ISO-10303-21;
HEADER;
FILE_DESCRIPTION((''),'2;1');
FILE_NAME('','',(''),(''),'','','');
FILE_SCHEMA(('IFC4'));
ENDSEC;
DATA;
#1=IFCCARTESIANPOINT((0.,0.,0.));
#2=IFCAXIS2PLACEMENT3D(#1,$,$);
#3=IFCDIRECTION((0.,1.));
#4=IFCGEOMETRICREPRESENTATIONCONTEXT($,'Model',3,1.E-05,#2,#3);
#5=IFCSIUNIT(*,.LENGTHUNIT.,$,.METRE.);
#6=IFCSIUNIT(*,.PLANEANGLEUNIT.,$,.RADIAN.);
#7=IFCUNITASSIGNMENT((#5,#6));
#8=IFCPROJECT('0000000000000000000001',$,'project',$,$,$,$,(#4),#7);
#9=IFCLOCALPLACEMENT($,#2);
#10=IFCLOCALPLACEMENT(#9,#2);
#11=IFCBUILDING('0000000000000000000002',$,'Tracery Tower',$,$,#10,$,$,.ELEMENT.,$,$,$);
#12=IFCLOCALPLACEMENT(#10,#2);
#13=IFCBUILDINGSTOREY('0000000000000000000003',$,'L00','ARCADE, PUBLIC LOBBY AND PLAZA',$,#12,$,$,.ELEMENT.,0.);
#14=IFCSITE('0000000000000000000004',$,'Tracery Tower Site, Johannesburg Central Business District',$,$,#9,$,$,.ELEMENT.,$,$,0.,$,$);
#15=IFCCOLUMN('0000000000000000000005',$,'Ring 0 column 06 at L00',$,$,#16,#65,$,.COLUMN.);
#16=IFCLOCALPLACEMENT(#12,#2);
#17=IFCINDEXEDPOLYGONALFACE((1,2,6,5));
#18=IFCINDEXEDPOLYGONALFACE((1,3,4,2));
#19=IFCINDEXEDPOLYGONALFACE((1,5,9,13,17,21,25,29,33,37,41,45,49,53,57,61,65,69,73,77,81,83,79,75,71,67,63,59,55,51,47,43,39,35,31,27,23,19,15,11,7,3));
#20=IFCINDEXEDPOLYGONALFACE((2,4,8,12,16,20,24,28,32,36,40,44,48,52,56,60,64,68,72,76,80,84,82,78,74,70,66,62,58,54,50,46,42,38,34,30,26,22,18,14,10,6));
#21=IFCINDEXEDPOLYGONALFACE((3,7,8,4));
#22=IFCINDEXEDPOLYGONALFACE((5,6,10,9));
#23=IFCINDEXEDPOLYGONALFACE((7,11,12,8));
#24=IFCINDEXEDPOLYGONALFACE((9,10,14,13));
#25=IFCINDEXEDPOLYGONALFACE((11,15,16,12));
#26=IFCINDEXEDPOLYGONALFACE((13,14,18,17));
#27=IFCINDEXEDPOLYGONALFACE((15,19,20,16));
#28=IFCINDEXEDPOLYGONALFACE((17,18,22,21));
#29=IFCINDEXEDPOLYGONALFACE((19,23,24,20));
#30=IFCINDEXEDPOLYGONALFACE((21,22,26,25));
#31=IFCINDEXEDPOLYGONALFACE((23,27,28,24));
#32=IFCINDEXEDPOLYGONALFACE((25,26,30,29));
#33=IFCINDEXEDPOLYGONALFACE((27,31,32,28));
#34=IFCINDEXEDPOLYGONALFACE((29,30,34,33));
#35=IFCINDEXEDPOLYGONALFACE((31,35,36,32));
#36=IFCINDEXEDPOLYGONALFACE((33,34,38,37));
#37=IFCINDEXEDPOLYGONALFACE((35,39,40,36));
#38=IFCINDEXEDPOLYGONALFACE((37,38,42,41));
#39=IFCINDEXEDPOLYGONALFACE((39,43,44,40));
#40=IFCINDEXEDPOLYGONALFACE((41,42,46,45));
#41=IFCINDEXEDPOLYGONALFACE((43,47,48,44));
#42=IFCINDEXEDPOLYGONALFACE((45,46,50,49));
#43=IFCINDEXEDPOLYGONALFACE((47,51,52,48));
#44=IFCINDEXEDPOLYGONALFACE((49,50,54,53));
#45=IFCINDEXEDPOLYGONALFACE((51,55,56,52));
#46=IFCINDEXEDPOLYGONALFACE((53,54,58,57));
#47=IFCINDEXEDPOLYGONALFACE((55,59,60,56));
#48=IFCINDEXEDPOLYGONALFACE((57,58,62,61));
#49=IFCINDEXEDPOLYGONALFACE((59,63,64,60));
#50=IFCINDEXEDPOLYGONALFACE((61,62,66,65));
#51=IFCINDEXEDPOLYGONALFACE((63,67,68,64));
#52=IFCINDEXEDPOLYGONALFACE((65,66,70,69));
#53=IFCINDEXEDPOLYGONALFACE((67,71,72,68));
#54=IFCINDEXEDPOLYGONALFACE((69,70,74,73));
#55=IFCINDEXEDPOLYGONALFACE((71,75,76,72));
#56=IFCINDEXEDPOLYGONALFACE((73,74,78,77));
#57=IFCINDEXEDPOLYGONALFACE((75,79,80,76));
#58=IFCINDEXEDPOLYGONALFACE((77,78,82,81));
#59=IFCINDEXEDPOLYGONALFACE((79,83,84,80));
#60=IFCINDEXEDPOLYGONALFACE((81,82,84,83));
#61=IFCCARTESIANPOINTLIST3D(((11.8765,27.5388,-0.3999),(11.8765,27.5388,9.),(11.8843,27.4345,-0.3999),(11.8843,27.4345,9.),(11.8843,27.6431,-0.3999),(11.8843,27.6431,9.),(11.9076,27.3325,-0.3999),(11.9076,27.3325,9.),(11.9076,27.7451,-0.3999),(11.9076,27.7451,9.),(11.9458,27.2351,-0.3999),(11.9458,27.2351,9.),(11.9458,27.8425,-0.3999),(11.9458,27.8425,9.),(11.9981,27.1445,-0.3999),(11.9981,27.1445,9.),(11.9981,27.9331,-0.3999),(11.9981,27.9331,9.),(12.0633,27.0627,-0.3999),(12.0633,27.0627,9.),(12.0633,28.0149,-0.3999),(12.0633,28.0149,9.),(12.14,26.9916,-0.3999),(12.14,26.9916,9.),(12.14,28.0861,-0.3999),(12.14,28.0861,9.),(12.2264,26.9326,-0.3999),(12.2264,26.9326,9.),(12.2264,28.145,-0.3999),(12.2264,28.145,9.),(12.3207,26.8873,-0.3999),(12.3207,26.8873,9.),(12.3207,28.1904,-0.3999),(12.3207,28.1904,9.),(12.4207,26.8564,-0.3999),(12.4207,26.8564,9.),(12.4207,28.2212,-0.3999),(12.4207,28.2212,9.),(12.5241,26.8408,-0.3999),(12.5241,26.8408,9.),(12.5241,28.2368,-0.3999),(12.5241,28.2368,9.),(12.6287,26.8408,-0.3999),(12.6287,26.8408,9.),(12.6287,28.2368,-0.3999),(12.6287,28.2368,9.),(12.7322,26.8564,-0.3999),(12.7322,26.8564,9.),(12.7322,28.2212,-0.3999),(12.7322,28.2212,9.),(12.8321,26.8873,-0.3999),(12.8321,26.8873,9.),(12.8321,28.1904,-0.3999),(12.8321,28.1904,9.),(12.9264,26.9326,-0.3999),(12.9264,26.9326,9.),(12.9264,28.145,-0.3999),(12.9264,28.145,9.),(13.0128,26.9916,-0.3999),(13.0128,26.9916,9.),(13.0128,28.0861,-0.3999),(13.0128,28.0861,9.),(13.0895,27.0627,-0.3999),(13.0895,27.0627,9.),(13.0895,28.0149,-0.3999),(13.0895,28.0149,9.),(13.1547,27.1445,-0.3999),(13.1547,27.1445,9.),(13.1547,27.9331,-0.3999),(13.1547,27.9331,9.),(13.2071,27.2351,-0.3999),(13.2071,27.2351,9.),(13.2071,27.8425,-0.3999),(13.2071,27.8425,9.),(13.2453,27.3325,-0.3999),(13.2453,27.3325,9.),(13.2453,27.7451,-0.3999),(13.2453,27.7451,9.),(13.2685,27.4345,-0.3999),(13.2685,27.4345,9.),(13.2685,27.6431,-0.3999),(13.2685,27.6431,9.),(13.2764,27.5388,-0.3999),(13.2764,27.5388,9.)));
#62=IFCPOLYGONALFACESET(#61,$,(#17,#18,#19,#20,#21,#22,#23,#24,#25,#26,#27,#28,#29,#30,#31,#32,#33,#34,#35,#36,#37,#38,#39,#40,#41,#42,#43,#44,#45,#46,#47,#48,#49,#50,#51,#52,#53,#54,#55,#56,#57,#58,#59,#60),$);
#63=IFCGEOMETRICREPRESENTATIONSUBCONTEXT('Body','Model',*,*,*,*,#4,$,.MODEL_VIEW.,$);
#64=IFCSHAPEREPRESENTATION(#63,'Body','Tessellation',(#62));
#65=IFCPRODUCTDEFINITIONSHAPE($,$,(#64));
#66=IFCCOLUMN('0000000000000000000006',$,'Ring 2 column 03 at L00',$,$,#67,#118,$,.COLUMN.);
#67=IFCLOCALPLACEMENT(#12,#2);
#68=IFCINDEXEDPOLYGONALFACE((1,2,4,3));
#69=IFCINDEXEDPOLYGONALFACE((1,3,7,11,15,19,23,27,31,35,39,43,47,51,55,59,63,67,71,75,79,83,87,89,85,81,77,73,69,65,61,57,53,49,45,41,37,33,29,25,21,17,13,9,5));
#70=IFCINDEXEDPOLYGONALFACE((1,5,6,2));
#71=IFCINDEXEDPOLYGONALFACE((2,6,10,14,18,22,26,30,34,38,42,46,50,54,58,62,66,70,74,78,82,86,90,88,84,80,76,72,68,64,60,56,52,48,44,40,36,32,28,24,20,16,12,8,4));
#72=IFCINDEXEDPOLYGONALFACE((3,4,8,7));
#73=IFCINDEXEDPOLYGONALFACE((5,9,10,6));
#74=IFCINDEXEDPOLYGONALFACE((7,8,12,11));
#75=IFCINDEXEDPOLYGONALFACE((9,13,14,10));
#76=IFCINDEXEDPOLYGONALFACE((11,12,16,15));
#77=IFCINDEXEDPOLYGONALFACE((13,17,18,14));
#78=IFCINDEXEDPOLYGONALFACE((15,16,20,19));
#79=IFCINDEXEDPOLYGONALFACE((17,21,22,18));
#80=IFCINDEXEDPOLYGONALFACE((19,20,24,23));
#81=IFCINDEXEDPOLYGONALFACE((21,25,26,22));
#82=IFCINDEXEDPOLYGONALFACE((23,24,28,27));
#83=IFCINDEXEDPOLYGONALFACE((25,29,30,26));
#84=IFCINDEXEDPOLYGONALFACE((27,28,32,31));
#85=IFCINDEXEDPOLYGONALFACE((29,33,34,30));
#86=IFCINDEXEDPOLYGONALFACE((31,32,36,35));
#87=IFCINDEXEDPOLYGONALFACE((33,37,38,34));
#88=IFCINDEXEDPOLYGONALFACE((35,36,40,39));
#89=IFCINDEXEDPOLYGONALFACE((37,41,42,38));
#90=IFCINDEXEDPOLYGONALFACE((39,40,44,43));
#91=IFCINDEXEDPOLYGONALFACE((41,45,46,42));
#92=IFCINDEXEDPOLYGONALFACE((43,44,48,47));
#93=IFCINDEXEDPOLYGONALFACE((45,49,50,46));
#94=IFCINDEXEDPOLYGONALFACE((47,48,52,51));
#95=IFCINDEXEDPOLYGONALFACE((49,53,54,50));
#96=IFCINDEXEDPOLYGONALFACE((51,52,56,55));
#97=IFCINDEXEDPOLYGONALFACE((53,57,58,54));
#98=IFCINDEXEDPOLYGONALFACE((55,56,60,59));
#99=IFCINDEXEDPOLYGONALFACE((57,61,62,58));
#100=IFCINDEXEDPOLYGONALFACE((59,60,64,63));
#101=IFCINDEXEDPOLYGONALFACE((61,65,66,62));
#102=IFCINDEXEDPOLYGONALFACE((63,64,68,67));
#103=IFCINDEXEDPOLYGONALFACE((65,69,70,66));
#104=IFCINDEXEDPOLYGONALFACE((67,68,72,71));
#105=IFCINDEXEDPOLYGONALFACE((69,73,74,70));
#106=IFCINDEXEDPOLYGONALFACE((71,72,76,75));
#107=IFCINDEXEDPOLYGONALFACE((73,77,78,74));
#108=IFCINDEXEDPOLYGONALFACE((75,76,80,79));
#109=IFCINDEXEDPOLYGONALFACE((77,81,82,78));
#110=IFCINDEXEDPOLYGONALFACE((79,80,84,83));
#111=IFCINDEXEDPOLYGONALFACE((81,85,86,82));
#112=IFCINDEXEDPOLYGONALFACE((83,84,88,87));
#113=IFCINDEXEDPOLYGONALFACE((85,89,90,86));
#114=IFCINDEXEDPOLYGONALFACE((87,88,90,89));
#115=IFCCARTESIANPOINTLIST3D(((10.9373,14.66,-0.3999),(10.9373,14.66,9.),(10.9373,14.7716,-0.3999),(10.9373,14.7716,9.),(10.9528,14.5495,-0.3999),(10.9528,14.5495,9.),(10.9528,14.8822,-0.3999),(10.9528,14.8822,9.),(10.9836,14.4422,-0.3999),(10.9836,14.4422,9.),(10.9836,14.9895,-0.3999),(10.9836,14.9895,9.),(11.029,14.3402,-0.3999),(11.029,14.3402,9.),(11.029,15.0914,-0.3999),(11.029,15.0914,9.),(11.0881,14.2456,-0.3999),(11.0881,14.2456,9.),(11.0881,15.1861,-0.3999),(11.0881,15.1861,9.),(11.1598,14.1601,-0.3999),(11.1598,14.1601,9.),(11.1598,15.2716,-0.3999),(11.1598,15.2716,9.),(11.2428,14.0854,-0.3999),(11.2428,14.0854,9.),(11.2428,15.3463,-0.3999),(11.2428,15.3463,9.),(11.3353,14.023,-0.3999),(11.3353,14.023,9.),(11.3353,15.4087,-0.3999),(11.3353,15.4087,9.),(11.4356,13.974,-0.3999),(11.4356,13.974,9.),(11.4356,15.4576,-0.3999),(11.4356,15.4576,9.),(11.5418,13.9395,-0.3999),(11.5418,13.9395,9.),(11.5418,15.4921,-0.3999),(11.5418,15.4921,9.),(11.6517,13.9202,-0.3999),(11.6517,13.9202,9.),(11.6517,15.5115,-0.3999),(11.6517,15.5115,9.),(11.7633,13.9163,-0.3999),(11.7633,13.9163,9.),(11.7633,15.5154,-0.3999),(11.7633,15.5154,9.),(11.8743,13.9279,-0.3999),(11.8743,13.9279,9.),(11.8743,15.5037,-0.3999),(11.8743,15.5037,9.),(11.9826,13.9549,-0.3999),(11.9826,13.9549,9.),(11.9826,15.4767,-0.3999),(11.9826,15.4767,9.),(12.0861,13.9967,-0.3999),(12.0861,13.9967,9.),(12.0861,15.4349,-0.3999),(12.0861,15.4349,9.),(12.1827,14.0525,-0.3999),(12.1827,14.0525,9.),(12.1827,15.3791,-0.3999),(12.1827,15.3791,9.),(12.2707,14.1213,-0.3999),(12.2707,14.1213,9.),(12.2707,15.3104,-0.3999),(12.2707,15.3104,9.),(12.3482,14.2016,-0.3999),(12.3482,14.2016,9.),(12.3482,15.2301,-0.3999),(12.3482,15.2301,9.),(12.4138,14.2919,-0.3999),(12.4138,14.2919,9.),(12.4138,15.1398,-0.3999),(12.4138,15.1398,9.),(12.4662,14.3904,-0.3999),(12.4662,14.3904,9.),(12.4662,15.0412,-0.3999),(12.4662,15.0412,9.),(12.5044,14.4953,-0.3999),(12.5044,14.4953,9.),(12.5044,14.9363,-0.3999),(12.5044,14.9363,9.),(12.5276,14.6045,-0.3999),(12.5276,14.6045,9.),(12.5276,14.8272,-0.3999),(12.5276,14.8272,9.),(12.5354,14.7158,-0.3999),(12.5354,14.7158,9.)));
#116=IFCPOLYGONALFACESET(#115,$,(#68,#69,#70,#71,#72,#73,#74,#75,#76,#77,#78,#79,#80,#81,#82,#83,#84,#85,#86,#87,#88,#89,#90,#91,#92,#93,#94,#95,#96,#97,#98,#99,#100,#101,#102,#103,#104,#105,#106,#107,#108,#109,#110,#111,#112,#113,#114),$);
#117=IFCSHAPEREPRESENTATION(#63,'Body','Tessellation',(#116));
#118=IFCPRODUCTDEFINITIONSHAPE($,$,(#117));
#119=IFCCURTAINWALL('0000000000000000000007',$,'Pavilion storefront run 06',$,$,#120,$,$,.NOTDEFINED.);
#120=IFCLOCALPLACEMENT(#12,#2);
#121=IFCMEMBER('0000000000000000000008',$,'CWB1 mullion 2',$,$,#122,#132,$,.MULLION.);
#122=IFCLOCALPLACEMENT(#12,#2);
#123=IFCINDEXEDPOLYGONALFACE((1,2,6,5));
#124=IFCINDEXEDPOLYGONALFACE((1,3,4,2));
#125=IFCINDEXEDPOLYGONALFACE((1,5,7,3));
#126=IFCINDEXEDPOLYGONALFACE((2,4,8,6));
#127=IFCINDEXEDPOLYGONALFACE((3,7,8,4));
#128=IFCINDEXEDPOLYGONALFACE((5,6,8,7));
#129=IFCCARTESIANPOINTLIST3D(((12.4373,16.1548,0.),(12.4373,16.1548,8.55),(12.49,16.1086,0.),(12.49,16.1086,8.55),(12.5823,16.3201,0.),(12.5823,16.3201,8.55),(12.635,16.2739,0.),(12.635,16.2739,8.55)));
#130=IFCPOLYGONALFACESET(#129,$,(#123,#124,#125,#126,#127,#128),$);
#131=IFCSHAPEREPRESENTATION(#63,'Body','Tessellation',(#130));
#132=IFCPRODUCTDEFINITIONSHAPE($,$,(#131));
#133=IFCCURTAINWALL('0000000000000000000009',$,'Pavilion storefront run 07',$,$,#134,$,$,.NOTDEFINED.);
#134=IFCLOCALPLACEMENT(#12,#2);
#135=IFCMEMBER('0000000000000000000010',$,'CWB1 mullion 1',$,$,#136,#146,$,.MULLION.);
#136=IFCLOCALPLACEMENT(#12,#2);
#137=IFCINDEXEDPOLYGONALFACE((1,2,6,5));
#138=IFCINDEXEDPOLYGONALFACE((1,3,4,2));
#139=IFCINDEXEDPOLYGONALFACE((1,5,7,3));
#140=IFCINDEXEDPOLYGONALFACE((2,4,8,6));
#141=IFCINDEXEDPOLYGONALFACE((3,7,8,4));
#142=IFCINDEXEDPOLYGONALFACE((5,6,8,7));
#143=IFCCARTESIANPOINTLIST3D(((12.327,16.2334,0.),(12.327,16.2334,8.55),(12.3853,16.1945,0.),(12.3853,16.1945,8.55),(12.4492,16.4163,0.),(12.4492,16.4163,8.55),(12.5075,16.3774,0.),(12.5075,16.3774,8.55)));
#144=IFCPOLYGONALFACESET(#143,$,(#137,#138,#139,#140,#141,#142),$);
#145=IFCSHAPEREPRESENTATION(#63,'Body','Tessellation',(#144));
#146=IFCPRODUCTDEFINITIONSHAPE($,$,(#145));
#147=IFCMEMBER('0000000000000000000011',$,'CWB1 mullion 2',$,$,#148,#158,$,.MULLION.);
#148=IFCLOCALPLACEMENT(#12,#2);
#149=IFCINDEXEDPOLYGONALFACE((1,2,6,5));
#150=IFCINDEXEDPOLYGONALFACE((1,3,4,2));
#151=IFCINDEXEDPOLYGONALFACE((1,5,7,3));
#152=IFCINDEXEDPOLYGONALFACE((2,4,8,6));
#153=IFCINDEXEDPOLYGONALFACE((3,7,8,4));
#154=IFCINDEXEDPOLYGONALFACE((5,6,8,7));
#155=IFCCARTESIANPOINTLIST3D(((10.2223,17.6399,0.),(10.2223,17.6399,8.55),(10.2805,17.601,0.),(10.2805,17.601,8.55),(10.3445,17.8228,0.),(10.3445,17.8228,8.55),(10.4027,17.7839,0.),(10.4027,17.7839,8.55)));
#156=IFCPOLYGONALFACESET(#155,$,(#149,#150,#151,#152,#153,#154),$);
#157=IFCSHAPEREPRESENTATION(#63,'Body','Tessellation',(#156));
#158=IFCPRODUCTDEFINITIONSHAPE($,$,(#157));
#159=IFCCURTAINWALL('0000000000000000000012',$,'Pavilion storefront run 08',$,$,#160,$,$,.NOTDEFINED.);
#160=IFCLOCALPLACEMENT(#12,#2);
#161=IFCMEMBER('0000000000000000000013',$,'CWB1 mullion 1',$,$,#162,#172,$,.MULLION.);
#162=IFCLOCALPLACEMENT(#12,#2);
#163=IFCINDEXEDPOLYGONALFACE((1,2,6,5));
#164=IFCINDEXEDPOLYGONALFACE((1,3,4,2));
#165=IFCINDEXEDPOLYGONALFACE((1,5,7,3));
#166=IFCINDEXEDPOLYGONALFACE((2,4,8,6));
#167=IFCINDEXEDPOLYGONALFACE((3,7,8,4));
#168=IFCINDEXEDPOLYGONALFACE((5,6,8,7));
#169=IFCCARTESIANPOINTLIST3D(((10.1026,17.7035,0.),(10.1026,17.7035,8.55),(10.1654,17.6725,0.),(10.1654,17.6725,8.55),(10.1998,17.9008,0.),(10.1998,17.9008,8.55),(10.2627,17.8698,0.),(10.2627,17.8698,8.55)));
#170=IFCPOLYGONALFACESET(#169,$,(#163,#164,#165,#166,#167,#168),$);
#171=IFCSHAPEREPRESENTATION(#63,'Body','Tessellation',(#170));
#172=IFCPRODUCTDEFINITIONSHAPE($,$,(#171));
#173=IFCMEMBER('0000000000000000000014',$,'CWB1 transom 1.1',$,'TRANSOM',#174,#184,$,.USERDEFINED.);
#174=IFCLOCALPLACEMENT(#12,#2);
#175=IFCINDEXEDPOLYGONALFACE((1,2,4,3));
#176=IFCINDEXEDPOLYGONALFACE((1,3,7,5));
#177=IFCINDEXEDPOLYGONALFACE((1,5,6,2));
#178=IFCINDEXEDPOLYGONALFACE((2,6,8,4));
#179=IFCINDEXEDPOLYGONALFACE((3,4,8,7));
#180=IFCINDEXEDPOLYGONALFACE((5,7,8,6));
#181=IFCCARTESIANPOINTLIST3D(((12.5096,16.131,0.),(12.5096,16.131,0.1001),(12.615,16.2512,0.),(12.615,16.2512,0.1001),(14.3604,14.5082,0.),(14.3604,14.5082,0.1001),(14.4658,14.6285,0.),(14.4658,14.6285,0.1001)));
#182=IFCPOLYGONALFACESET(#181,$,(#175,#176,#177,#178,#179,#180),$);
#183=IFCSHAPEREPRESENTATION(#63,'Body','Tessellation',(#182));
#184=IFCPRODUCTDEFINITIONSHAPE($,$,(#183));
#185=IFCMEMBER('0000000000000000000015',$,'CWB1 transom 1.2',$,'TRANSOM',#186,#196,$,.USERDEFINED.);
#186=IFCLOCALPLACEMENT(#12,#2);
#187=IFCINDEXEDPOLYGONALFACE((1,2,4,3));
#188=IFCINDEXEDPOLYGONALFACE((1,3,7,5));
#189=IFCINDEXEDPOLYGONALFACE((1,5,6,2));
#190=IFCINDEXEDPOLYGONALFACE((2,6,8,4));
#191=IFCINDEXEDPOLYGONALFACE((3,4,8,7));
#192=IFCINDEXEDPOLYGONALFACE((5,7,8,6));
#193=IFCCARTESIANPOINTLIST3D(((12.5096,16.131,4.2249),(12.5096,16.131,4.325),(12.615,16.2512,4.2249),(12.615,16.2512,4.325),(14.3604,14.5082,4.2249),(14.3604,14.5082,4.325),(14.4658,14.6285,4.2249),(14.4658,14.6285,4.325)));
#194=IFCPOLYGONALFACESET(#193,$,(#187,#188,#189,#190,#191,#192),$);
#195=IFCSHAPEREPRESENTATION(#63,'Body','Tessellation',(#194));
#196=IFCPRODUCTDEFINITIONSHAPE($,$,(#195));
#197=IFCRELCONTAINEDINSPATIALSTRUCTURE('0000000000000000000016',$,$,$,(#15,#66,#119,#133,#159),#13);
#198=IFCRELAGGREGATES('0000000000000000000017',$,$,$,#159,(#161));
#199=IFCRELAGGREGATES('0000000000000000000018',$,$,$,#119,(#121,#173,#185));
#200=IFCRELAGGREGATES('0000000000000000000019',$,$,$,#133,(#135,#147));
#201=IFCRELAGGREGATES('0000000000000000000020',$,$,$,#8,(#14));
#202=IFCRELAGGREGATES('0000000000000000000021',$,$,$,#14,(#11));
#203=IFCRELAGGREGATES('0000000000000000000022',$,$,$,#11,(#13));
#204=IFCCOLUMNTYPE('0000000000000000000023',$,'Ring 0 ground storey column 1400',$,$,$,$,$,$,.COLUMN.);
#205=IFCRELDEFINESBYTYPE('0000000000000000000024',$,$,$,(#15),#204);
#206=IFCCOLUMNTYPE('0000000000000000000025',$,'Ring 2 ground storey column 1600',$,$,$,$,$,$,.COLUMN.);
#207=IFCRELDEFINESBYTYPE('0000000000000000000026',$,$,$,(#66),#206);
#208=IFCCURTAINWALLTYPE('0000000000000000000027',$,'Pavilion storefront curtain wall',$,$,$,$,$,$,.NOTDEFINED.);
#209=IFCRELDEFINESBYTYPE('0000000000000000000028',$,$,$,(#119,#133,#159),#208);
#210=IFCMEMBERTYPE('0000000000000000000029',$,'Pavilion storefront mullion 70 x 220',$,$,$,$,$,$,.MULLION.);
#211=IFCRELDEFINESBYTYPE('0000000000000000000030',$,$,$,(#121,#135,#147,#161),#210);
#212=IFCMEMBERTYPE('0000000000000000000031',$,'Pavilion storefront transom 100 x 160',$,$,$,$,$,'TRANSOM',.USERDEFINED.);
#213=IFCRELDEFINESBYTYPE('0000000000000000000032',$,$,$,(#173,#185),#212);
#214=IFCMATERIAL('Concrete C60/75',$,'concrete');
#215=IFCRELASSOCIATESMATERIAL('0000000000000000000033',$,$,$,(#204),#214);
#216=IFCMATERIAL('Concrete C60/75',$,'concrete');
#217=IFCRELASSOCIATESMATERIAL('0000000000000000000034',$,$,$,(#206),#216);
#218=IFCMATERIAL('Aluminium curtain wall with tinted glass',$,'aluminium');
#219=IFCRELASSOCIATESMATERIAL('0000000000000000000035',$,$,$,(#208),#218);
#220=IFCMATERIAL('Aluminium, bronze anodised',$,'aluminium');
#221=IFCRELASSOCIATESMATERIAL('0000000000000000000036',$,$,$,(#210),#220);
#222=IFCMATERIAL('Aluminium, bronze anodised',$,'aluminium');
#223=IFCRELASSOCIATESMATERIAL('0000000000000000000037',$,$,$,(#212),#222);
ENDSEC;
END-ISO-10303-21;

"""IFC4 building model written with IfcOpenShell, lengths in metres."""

from ifc_helpers import new_model, si_unit, direction, frame, origin, origin_2d, place, context, subcontext, project, spatial, rectangle, circle, extrude, material, material_profile, profile_set, type_object, element, aggregate, save


model = new_model("IFC4")

# Units and contexts
model_context = context("Model", 3, precision=1e-05, world=origin(), true_north=direction((0.0, 1.0)))
body_context = subcontext(model_context, "Body", "Model", "MODEL_VIEW")
ifc_project = project(units=[si_unit("LENGTHUNIT", "METRE"), si_unit("PLANEANGLEUNIT", "RADIAN")], contexts=[model_context])

# Site, building, storey
site_placement = place(None, origin())
site = spatial("IfcSite", under=ifc_project, at=site_placement, Name="Tracery Tower Site, Johannesburg Central Business District", CompositionType="ELEMENT", RefElevation=0.0)
building_placement = place(site_placement, origin())
building = spatial("IfcBuilding", under=site, at=building_placement, Name="Tracery Tower", CompositionType="ELEMENT")
storey_placement = place(building_placement, origin())
storey = spatial("IfcBuildingStorey", under=building, at=storey_placement, Name="L00", Description="ARCADE, PUBLIC LOBBY AND PLAZA", CompositionType="ELEMENT", Elevation=0.0)

# Columns
ifc_material_1 = material(Name="Concrete C60/75", Category="concrete")
ifc_material_profile_1 = material_profile(ifc_material_1, circle(Radius=0.7, at=origin_2d()), Name="RC D1400")
ifc_profile_set_1 = profile_set([ifc_material_profile_1], Name="Concrete C60/75")
column_type_1 = type_object("IfcColumnType", Name="Ring 0 ground storey column 1400", PredefinedType="COLUMN", material=ifc_profile_set_1)
column_1_placement = place(storey_placement, frame((12.5764, 27.5388, -0.3999), z_axis=(0.0, 0.0, 1.0), x_axis=(1.0, 0.0, 0.0)))
element("IfcColumn", 1, at=column_1_placement, inside=storey, type_object=column_type_1, Name="Ring 0 column 06 at L00", PredefinedType="COLUMN", context=body_context, shape_type="SweptSolid", body=[
    extrude(circle(Radius=0.7, at=origin_2d()), origin(), (0.0, 0.0, 1.0), 9.3999),
])
ifc_material_2 = material(Name="Concrete C60/75", Category="concrete")
ifc_material_profile_2 = material_profile(ifc_material_2, circle(Radius=0.8, at=origin_2d()), Name="RC D1600")
ifc_profile_set_2 = profile_set([ifc_material_profile_2], Name="Concrete C60/75")
column_type_2 = type_object("IfcColumnType", Name="Ring 2 ground storey column 1600", PredefinedType="COLUMN", material=ifc_profile_set_2)
column_2_placement = place(storey_placement, frame((11.7354, 14.7158, -0.3999), z_axis=(0.0, 0.0, 1.0), x_axis=(1.0, 0.0, 0.0)))
element("IfcColumn", 2, at=column_2_placement, inside=storey, type_object=column_type_2, Name="Ring 2 column 03 at L00", PredefinedType="COLUMN", context=body_context, shape_type="SweptSolid", body=[
    extrude(circle(Radius=0.8, at=origin_2d()), origin(), (0.0, 0.0, 1.0), 9.3999),
])

# Curtain wall, member
ifc_material_3 = material(Name="Aluminium curtain wall with tinted glass", Category="aluminium")
curtain_wall_type = type_object("IfcCurtainWallType", Name="Pavilion storefront curtain wall", PredefinedType="NOTDEFINED", material=ifc_material_3)
curtain_wall_1_placement = place(storey_placement, origin())
curtain_wall_1 = element("IfcCurtainWall", 3, at=curtain_wall_1_placement, inside=storey, type_object=curtain_wall_type, Name="Pavilion storefront run 06", PredefinedType="NOTDEFINED")
ifc_material_4 = material(Name="Aluminium, bronze anodised", Category="aluminium")
ifc_material_profile_3 = material_profile(ifc_material_4, rectangle(XDim=0.22, YDim=0.0701, at=origin_2d()), Name="Pavilion storefront mullion 70 x 220")
ifc_profile_set_3 = profile_set([ifc_material_profile_3], Name="Aluminium, bronze anodised")
member_type_1 = type_object("IfcMemberType", Name="Pavilion storefront mullion 70 x 220", PredefinedType="MULLION", material=ifc_profile_set_3)
member_1_placement = place(storey_placement, frame((12.5361, 16.2144, 0.0), z_axis=(0.0, 0.0, 1.0), x_axis=(-0.659351, -0.751836, 0.0)))
member_1 = element("IfcMember", 4, at=member_1_placement, type_object=member_type_1, Name="CWB1 mullion 2", PredefinedType="MULLION", context=body_context, shape_type="SweptSolid", body=[
    extrude(rectangle(XDim=0.22, YDim=0.0701, at=origin_2d()), origin(), (0.0, 0.0, 1.0), 8.55),
])

# Curtain wall, members
curtain_wall_2_placement = place(storey_placement, origin())
curtain_wall_2 = element("IfcCurtainWall", 5, at=curtain_wall_2_placement, inside=storey, type_object=curtain_wall_type, Name="Pavilion storefront run 07", PredefinedType="NOTDEFINED")
member_2_placement = place(storey_placement, frame((12.4172, 16.3054, 0.0), z_axis=(0.0, 0.0, 1.0), x_axis=(-0.55556, -0.831476, 0.0)))
member_2 = element("IfcMember", 6, at=member_2_placement, type_object=member_type_1, Name="CWB1 mullion 1", PredefinedType="MULLION", context=body_context, shape_type="SweptSolid", body=[
    extrude(rectangle(XDim=0.22, YDim=0.0701, at=origin_2d()), origin(), (0.0, 0.0, 1.0), 8.55),
])
member_3_placement = place(storey_placement, frame((10.3125, 17.7119, 0.0), z_axis=(0.0, 0.0, 1.0), x_axis=(-0.55556, -0.831476, 0.0)))
member_3 = element("IfcMember", 7, at=member_3_placement, type_object=member_type_1, Name="CWB1 mullion 2", PredefinedType="MULLION", context=body_context, shape_type="SweptSolid", body=[
    extrude(rectangle(XDim=0.22, YDim=0.0701, at=origin_2d()), origin(), (0.0, 0.0, 1.0), 8.55),
])

# Curtain wall, member
curtain_wall_3_placement = place(storey_placement, origin())
curtain_wall_3 = element("IfcCurtainWall", 8, at=curtain_wall_3_placement, inside=storey, type_object=curtain_wall_type, Name="Pavilion storefront run 08", PredefinedType="NOTDEFINED")
member_4_placement = place(storey_placement, frame((10.1826, 17.7866, 0.0), z_axis=(0.0, 0.0, 1.0), x_axis=(-0.442287, -0.896874, 0.0)))
member_4 = element("IfcMember", 9, at=member_4_placement, type_object=member_type_1, Name="CWB1 mullion 1", PredefinedType="MULLION", context=body_context, shape_type="SweptSolid", body=[
    extrude(rectangle(XDim=0.22, YDim=0.0701, at=origin_2d()), origin(), (0.0, 0.0, 1.0), 8.55),
])

# Members
ifc_material_5 = material(Name="Aluminium, bronze anodised", Category="aluminium")
ifc_material_profile_4 = material_profile(ifc_material_5, rectangle(XDim=0.1599, YDim=0.1001, at=origin_2d()), Name="Pavilion storefront transom 100 x 160")
ifc_profile_set_4 = profile_set([ifc_material_profile_4], Name="Aluminium, bronze anodised")
member_type_2 = type_object("IfcMemberType", Name="Pavilion storefront transom 100 x 160", ElementType="TRANSOM", PredefinedType="USERDEFINED", material=ifc_profile_set_4)
member_5_placement = place(storey_placement, frame((14.4131, 14.5684, 0.05), z_axis=(-0.751907, 0.65927, 0.0), x_axis=(-0.65927, -0.751907, 0.0)))
member_5 = element("IfcMember", 10, at=member_5_placement, type_object=member_type_2, Name="CWB1 transom 1.1", ObjectType="TRANSOM", PredefinedType="USERDEFINED", context=body_context, shape_type="SweptSolid", body=[
    extrude(rectangle(XDim=0.1599, YDim=0.1001, at=origin_2d()), origin(), (0.0, 0.0, 1.0), 2.4614),
])
member_6_placement = place(storey_placement, frame((14.4131, 14.5684, 4.2749), z_axis=(-0.751907, 0.65927, 0.0), x_axis=(-0.65927, -0.751907, 0.0)))
member_6 = element("IfcMember", 11, at=member_6_placement, type_object=member_type_2, Name="CWB1 transom 1.2", ObjectType="TRANSOM", PredefinedType="USERDEFINED", context=body_context, shape_type="SweptSolid", body=[
    extrude(rectangle(XDim=0.1599, YDim=0.1001, at=origin_2d()), origin(), (0.0, 0.0, 1.0), 2.4614),
])
aggregate(curtain_wall_3, [member_4])

aggregate(curtain_wall_1, [member_1, member_5, member_6])
aggregate(curtain_wall_2, [member_2, member_3])

save(model, "model.ifc")
